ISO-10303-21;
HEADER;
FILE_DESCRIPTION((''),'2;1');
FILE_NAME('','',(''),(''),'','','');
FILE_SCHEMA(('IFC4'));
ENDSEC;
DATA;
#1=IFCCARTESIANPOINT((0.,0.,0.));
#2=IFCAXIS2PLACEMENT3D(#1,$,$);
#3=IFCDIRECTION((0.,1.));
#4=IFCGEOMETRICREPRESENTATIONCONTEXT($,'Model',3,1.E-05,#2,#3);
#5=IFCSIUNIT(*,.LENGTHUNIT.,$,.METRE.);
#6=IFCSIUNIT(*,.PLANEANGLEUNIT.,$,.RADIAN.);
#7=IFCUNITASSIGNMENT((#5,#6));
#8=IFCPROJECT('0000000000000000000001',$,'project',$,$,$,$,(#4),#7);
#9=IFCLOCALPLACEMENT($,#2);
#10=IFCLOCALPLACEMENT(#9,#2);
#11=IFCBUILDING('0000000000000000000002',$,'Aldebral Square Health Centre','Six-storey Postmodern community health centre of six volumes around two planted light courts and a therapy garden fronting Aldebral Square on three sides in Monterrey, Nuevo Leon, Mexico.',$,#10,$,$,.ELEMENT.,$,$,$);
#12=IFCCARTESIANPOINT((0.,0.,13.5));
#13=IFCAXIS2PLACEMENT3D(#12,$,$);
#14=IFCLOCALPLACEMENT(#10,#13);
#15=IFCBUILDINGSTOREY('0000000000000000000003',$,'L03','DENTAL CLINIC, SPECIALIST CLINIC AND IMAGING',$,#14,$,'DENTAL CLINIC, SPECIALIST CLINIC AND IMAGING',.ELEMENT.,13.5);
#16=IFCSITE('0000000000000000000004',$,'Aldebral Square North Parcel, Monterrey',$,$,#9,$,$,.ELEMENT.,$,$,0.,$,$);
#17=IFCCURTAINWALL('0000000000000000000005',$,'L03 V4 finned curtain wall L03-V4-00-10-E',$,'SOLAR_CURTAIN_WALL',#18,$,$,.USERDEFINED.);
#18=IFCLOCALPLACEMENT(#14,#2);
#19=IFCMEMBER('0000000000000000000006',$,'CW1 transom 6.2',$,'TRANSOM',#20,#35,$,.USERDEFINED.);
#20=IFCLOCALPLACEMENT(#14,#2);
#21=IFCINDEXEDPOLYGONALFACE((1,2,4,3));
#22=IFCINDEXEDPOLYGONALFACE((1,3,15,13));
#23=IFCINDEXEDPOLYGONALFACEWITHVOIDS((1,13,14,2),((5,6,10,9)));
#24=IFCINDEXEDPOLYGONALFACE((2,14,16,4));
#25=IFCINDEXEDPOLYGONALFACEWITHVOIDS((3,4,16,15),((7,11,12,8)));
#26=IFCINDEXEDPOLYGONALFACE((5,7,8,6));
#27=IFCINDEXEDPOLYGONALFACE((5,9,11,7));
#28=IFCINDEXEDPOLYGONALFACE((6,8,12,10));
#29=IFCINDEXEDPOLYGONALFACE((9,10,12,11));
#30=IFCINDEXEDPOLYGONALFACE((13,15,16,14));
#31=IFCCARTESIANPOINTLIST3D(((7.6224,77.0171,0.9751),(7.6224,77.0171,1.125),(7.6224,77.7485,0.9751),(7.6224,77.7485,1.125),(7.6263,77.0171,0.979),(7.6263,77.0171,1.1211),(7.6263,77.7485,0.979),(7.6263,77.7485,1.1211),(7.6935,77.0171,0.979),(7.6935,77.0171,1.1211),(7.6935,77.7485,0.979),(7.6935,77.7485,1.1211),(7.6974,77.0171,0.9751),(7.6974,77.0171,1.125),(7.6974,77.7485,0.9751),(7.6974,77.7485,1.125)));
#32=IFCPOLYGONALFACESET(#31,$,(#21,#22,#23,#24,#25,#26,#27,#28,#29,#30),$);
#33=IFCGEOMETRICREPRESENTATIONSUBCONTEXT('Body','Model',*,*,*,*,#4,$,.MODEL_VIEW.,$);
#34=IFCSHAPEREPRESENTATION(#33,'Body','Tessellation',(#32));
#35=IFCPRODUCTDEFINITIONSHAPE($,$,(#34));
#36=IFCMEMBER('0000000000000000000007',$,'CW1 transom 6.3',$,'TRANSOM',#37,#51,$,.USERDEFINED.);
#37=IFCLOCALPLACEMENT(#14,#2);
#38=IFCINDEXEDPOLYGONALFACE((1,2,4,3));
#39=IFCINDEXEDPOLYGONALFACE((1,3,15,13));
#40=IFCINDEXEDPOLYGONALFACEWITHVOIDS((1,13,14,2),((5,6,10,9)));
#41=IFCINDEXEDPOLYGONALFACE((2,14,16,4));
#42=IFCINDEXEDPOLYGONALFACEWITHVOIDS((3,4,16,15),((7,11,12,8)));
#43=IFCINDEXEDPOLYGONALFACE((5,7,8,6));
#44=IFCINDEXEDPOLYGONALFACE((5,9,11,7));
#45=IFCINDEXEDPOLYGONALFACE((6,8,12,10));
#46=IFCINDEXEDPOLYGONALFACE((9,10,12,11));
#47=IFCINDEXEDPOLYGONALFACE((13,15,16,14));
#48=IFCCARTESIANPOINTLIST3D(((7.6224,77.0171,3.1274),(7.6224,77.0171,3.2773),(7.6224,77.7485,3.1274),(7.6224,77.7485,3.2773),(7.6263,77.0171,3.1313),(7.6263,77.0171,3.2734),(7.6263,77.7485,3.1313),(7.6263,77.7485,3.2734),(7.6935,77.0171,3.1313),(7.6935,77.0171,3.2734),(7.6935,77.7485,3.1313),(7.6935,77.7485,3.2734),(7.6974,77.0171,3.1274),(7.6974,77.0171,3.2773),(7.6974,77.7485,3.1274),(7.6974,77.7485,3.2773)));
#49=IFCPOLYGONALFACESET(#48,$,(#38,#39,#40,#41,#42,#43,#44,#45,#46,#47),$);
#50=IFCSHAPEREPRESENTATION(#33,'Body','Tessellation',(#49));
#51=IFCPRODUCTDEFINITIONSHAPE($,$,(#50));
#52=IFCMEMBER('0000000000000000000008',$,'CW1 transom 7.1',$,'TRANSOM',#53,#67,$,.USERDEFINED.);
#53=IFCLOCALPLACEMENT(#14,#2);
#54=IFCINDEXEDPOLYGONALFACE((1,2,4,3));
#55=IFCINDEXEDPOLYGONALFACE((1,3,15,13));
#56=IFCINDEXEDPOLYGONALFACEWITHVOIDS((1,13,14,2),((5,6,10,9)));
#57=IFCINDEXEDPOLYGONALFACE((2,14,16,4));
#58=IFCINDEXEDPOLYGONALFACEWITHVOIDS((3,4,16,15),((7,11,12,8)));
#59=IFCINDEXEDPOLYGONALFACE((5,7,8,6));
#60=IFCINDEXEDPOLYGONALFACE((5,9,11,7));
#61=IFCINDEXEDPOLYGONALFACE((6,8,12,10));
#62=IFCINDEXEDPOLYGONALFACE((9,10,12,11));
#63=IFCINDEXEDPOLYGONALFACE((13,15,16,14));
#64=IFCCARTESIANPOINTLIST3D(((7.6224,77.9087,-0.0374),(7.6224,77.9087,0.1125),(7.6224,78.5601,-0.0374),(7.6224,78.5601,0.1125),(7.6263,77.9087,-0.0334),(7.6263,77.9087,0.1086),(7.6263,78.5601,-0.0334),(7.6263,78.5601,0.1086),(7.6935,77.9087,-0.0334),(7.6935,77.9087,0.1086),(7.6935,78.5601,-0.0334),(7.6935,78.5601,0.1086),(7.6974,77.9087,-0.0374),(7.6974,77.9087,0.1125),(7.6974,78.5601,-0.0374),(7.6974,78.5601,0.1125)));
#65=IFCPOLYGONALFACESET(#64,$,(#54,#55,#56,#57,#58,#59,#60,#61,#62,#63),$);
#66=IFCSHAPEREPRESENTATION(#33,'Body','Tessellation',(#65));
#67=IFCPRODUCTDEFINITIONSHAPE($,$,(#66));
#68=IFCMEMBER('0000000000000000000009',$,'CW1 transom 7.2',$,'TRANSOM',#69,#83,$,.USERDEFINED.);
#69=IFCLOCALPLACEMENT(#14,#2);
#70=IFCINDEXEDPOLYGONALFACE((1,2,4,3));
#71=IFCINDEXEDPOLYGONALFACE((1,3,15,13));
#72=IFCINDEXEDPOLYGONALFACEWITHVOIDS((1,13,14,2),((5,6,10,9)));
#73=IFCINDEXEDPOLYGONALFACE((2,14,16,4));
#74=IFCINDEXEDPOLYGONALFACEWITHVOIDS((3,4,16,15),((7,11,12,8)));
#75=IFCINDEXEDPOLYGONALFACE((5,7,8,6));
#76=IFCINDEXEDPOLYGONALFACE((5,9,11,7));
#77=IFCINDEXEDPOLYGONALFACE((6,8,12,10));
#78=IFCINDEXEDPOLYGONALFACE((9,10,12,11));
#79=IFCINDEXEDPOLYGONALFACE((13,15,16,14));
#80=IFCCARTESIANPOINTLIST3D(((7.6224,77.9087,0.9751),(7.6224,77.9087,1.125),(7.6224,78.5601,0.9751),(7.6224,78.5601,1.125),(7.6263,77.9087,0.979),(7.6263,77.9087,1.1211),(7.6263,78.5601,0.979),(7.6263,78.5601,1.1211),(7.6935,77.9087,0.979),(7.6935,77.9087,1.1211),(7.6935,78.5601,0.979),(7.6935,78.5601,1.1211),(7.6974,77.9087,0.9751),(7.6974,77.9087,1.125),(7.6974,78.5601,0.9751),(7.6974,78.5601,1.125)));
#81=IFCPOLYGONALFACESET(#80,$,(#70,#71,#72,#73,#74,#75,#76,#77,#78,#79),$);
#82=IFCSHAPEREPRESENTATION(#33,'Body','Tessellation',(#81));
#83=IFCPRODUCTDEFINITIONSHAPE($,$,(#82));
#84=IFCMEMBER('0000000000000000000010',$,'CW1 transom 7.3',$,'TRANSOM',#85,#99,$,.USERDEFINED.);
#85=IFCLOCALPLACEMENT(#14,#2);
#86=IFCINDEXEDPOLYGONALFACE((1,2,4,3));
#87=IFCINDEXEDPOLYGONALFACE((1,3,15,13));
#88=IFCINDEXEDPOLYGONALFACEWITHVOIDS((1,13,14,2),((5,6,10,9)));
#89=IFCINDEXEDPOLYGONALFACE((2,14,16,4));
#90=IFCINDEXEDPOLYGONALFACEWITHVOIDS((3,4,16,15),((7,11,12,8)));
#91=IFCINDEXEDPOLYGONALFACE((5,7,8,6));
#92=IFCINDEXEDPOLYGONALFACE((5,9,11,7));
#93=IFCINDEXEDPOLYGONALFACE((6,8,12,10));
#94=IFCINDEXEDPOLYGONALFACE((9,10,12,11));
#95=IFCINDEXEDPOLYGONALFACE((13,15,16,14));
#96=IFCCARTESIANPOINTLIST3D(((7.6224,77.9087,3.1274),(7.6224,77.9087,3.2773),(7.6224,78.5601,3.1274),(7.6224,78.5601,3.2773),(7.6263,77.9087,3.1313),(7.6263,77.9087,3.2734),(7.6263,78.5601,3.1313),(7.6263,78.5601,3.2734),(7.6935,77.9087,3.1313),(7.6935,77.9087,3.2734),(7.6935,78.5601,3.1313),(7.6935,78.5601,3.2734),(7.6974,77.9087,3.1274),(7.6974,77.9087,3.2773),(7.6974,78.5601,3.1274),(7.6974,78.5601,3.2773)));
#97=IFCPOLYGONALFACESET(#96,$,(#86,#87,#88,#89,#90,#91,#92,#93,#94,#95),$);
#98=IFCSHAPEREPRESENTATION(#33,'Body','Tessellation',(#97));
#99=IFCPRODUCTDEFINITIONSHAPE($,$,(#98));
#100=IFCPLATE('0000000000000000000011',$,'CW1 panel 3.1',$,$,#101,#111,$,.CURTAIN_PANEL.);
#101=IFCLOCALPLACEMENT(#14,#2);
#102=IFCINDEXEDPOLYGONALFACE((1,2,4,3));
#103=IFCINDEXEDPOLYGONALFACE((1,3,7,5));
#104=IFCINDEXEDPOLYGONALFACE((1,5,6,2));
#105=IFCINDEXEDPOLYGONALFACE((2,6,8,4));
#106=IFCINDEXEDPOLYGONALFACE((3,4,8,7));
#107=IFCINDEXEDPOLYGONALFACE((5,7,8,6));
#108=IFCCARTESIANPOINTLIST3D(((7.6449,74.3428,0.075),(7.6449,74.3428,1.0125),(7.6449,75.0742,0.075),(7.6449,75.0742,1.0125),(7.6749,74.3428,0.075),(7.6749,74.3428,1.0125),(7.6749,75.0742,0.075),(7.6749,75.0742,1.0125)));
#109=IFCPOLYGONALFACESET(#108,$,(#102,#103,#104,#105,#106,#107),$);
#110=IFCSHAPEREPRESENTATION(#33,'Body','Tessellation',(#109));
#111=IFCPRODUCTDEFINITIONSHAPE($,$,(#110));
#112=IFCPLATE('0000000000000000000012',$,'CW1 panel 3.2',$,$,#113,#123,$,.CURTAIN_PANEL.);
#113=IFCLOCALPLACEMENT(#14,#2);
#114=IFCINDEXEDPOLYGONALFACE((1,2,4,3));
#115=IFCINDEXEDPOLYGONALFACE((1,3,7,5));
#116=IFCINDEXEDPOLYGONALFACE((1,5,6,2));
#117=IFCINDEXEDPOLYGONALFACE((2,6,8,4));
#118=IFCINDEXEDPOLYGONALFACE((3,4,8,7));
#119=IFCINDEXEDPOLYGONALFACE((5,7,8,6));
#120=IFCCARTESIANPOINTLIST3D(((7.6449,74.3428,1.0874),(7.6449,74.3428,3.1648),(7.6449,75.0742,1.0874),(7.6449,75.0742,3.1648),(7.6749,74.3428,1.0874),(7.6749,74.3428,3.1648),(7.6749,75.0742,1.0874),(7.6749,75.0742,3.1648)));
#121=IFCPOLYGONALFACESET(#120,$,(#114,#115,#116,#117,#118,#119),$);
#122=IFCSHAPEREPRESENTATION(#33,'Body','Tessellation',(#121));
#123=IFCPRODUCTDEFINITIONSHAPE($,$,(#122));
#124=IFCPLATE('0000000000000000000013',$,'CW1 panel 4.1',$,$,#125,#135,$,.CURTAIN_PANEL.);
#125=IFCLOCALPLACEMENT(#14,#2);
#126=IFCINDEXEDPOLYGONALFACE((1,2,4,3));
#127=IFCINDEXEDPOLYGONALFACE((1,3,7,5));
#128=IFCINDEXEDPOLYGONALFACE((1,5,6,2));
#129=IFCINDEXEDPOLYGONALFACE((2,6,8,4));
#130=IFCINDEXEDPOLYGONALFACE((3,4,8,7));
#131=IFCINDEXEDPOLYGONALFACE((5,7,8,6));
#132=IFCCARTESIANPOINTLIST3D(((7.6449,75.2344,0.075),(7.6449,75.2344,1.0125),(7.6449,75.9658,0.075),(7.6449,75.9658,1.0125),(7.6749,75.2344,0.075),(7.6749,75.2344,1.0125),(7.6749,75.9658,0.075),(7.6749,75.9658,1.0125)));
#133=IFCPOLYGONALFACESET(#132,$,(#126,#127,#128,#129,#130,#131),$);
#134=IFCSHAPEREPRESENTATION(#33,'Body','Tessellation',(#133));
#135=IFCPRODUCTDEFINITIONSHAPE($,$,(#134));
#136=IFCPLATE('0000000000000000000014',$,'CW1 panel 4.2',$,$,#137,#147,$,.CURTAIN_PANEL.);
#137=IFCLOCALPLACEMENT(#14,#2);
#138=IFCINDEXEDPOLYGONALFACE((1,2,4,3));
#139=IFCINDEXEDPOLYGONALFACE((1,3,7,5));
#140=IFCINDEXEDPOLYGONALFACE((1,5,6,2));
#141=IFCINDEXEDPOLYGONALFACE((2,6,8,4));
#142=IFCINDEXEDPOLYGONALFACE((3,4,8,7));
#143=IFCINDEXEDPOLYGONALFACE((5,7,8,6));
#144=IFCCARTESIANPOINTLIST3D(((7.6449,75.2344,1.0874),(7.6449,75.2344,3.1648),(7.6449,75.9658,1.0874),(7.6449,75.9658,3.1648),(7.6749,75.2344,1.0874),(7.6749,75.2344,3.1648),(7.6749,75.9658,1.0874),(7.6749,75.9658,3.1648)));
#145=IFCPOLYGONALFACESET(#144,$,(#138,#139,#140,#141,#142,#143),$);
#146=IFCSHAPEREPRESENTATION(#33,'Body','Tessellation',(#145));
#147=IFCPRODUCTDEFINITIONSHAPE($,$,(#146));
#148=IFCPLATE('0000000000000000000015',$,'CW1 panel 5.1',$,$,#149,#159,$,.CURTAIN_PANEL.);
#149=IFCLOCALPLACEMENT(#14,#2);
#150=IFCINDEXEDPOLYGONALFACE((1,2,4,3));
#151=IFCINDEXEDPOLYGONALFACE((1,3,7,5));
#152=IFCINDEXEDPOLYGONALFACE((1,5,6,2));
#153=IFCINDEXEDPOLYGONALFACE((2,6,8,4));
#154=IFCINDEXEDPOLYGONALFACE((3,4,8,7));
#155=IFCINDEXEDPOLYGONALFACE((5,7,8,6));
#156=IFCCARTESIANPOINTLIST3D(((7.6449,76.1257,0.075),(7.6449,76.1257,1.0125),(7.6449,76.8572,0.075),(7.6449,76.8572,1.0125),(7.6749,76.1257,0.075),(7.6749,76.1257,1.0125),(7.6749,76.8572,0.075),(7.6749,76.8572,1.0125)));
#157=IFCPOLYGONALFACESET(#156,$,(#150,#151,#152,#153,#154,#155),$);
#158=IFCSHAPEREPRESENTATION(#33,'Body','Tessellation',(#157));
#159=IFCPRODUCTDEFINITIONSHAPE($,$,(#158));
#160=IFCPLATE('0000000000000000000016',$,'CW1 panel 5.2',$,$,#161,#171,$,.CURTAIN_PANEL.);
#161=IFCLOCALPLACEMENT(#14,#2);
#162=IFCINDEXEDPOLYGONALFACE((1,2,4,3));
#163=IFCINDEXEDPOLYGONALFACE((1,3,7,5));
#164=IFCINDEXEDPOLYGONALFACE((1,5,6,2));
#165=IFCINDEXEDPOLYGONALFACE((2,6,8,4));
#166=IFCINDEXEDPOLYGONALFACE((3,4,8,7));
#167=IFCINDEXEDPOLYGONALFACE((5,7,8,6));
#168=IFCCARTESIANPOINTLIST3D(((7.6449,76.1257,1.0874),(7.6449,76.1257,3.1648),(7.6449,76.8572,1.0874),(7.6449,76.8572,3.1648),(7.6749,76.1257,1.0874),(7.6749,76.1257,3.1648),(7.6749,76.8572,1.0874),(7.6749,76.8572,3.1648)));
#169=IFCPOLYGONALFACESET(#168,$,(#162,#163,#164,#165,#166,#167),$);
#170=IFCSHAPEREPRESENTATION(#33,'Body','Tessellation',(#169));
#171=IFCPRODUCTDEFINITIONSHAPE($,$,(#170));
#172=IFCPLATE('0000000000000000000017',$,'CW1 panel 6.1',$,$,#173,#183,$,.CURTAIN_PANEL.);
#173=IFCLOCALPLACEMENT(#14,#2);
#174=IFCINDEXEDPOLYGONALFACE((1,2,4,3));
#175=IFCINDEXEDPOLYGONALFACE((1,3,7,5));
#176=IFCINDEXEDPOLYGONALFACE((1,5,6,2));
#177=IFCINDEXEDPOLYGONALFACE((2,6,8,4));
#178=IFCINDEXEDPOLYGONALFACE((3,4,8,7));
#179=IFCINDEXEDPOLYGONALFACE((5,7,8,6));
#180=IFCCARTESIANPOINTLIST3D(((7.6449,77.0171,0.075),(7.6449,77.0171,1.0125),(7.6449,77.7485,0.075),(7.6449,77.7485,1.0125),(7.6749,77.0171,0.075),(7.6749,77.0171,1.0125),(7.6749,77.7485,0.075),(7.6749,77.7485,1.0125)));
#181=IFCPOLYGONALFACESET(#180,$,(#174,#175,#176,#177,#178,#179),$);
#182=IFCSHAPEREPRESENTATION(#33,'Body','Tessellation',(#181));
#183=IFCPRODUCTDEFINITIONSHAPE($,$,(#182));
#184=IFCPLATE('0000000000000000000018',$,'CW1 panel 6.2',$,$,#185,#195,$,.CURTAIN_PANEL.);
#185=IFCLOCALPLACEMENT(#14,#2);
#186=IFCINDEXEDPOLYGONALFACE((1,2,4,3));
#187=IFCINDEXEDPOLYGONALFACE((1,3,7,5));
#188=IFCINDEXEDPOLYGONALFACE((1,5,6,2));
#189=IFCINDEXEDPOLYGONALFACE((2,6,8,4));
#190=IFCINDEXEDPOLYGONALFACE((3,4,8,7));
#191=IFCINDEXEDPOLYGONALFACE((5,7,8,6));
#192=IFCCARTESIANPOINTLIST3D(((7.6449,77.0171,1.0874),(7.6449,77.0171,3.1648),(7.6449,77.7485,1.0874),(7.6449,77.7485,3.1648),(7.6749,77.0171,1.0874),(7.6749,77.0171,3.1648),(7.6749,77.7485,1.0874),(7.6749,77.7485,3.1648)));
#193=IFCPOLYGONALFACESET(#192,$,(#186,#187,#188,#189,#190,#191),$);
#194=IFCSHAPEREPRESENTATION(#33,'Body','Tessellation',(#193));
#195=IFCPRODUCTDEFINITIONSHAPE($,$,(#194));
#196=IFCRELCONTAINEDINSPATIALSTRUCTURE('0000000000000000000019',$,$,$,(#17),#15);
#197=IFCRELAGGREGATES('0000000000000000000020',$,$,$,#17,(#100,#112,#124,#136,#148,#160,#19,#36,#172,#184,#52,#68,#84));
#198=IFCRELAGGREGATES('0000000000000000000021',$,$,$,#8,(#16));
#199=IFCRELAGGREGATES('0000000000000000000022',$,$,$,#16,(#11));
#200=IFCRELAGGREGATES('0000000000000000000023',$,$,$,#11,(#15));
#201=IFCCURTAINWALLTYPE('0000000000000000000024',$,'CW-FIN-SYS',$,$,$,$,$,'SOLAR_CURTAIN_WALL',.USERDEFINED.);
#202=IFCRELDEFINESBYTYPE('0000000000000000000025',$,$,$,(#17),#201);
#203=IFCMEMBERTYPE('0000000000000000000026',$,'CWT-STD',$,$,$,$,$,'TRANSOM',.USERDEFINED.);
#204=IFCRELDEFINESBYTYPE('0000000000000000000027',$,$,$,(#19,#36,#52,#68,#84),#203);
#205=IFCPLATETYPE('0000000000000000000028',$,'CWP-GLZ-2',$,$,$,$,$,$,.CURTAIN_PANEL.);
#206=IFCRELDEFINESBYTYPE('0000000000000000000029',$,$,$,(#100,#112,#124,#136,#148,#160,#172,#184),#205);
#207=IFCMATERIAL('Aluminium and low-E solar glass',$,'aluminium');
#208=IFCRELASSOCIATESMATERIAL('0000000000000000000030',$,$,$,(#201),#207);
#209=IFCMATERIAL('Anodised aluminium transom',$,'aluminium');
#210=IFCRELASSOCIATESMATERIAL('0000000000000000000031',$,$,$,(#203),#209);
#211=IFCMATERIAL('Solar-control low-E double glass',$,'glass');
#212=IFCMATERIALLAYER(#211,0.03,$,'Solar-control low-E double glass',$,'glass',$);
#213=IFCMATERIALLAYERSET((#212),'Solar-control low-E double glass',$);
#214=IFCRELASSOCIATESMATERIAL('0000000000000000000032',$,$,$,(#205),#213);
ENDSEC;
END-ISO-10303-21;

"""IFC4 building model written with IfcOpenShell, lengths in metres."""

from ifc_helpers import new_model, si_unit, direction, frame, origin, origin_2d, place, context, subcontext, project, spatial, rectangle, hollow_rectangle, extrude, material, layer, layer_set, material_profile, profile_set, type_object, element, aggregate, save


model = new_model("IFC4")

# Units and contexts
model_context = context("Model", 3, precision=1e-05, world=origin(), true_north=direction((0.0, 1.0)))
body_context = subcontext(model_context, "Body", "Model", "MODEL_VIEW")
ifc_project = project(units=[si_unit("LENGTHUNIT", "METRE"), si_unit("PLANEANGLEUNIT", "RADIAN")], contexts=[model_context])

# Site, building, storey
site_placement = place(None, origin())
site = spatial("IfcSite", under=ifc_project, at=site_placement, Name="Aldebral Square North Parcel, Monterrey", CompositionType="ELEMENT", RefElevation=0.0)
building_placement = place(site_placement, origin())
building = spatial("IfcBuilding", under=site, at=building_placement, Name="Aldebral Square Health Centre", Description="Six-storey Postmodern community health centre of six volumes around two planted light courts and a therapy garden fronting Aldebral Square on three sides in Monterrey, Nuevo Leon, Mexico.", CompositionType="ELEMENT")
storey_placement = place(building_placement, frame((0.0, 0.0, 13.5)))
storey = spatial("IfcBuildingStorey", under=building, at=storey_placement, Name="L03", Description="DENTAL CLINIC, SPECIALIST CLINIC AND IMAGING", LongName="DENTAL CLINIC, SPECIALIST CLINIC AND IMAGING", CompositionType="ELEMENT", Elevation=13.5)

# Curtain wall, members, plates
ifc_material_1 = material(Name="Aluminium and low-E solar glass", Category="aluminium")
curtain_wall_type = type_object("IfcCurtainWallType", Name="CW-FIN-SYS", ElementType="SOLAR_CURTAIN_WALL", PredefinedType="USERDEFINED", material=ifc_material_1)
curtain_wall_1_placement = place(storey_placement, origin())
curtain_wall_1 = element("IfcCurtainWall", 1, at=curtain_wall_1_placement, inside=storey, type_object=curtain_wall_type, Name="L03 V4 finned curtain wall L03-V4-00-10-E", ObjectType="SOLAR_CURTAIN_WALL", PredefinedType="USERDEFINED")
ifc_material_2 = material(Name="Anodised aluminium transom", Category="aluminium")
ifc_material_profile_1 = material_profile(ifc_material_2, hollow_rectangle(XDim=0.075, YDim=0.1499, WallThickness=0.0039, at=origin_2d()), Name="CWT 75x150x4")
ifc_profile_set_1 = profile_set([ifc_material_profile_1], Name="Anodised aluminium transom")
member_type_1 = type_object("IfcMemberType", Name="CWT-STD", ElementType="TRANSOM", PredefinedType="USERDEFINED", material=ifc_profile_set_1)
member_1_placement = place(storey_placement, frame((7.6599, 77.0171, 1.05), z_axis=(0.0, 1.0, 0.0), x_axis=(-1.0, 0.0, 0.0)))
member_1 = element("IfcMember", 2, at=member_1_placement, type_object=member_type_1, Name="CW1 transom 6.2", ObjectType="TRANSOM", PredefinedType="USERDEFINED", context=body_context, shape_type="SweptSolid", body=[
    extrude(hollow_rectangle(XDim=0.075, YDim=0.1499, WallThickness=0.0039, at=origin_2d()), origin(), (0.0, 0.0, 1.0), 0.7314),
])
member_2_placement = place(storey_placement, frame((7.6599, 77.0171, 3.2024), z_axis=(0.0, 1.0, 0.0), x_axis=(-1.0, 0.0, 0.0)))
member_2 = element("IfcMember", 3, at=member_2_placement, type_object=member_type_1, Name="CW1 transom 6.3", ObjectType="TRANSOM", PredefinedType="USERDEFINED", context=body_context, shape_type="SweptSolid", body=[
    extrude(hollow_rectangle(XDim=0.075, YDim=0.1499, WallThickness=0.0039, at=origin_2d()), origin(), (0.0, 0.0, 1.0), 0.7314),
])
member_3_placement = place(storey_placement, frame((7.6599, 77.9087, 0.0376), z_axis=(0.0, 1.0, 0.0), x_axis=(-1.0, 0.0, 0.0)))
member_3 = element("IfcMember", 4, at=member_3_placement, type_object=member_type_1, Name="CW1 transom 7.1", ObjectType="TRANSOM", PredefinedType="USERDEFINED", context=body_context, shape_type="SweptSolid", body=[
    extrude(hollow_rectangle(XDim=0.075, YDim=0.1499, WallThickness=0.0039, at=origin_2d()), origin(), (0.0, 0.0, 1.0), 0.6514),
])
member_4_placement = place(storey_placement, frame((7.6599, 77.9087, 1.05), z_axis=(0.0, 1.0, 0.0), x_axis=(-1.0, 0.0, 0.0)))
member_4 = element("IfcMember", 5, at=member_4_placement, type_object=member_type_1, Name="CW1 transom 7.2", ObjectType="TRANSOM", PredefinedType="USERDEFINED", context=body_context, shape_type="SweptSolid", body=[
    extrude(hollow_rectangle(XDim=0.075, YDim=0.1499, WallThickness=0.0039, at=origin_2d()), origin(), (0.0, 0.0, 1.0), 0.6514),
])
member_5_placement = place(storey_placement, frame((7.6599, 77.9087, 3.2024), z_axis=(0.0, 1.0, 0.0), x_axis=(-1.0, 0.0, 0.0)))
member_5 = element("IfcMember", 6, at=member_5_placement, type_object=member_type_1, Name="CW1 transom 7.3", ObjectType="TRANSOM", PredefinedType="USERDEFINED", context=body_context, shape_type="SweptSolid", body=[
    extrude(hollow_rectangle(XDim=0.075, YDim=0.1499, WallThickness=0.0039, at=origin_2d()), origin(), (0.0, 0.0, 1.0), 0.6514),
])
ifc_material_3 = material(Name="Solar-control low-E double glass", Category="glass")
ifc_layer = layer(ifc_material_3, 0.03, Name="Solar-control low-E double glass", Category="glass")
ifc_layer_set = layer_set([ifc_layer], Name="Solar-control low-E double glass")
plate_type = type_object("IfcPlateType", Name="CWP-GLZ-2", PredefinedType="CURTAIN_PANEL", material=ifc_layer_set)
plate_1_placement = place(storey_placement, frame((7.6599, 74.7085, 0.075), z_axis=(0.0, 0.0, 1.0), x_axis=(0.0, 1.0, 0.0)))
plate_1 = element("IfcPlate", 7, at=plate_1_placement, type_object=plate_type, Name="CW1 panel 3.1", PredefinedType="CURTAIN_PANEL", context=body_context, shape_type="SweptSolid", body=[
    extrude(rectangle(XDim=0.7314, YDim=0.03, at=origin_2d()), origin(), (0.0, 0.0, 1.0), 0.9375),
])
plate_2_placement = place(storey_placement, frame((7.6599, 74.7085, 1.0874), z_axis=(0.0, 0.0, 1.0), x_axis=(0.0, 1.0, 0.0)))
plate_2 = element("IfcPlate", 8, at=plate_2_placement, type_object=plate_type, Name="CW1 panel 3.2", PredefinedType="CURTAIN_PANEL", context=body_context, shape_type="SweptSolid", body=[
    extrude(rectangle(XDim=0.7314, YDim=0.03, at=origin_2d()), origin(), (0.0, 0.0, 1.0), 2.0774),
])
plate_3_placement = place(storey_placement, frame((7.6599, 75.6001, 0.075), z_axis=(0.0, 0.0, 1.0), x_axis=(0.0, 1.0, 0.0)))
plate_3 = element("IfcPlate", 9, at=plate_3_placement, type_object=plate_type, Name="CW1 panel 4.1", PredefinedType="CURTAIN_PANEL", context=body_context, shape_type="SweptSolid", body=[
    extrude(rectangle(XDim=0.7314, YDim=0.03, at=origin_2d()), origin(), (0.0, 0.0, 1.0), 0.9375),
])
plate_4_placement = place(storey_placement, frame((7.6599, 75.6001, 1.0874), z_axis=(0.0, 0.0, 1.0), x_axis=(0.0, 1.0, 0.0)))
plate_4 = element("IfcPlate", 10, at=plate_4_placement, type_object=plate_type, Name="CW1 panel 4.2", PredefinedType="CURTAIN_PANEL", context=body_context, shape_type="SweptSolid", body=[
    extrude(rectangle(XDim=0.7314, YDim=0.03, at=origin_2d()), origin(), (0.0, 0.0, 1.0), 2.0774),
])
plate_5_placement = place(storey_placement, frame((7.6599, 76.4915, 0.075), z_axis=(0.0, 0.0, 1.0), x_axis=(0.0, 1.0, 0.0)))
plate_5 = element("IfcPlate", 11, at=plate_5_placement, type_object=plate_type, Name="CW1 panel 5.1", PredefinedType="CURTAIN_PANEL", context=body_context, shape_type="SweptSolid", body=[
    extrude(rectangle(XDim=0.7314, YDim=0.03, at=origin_2d()), origin(), (0.0, 0.0, 1.0), 0.9375),
])
plate_6_placement = place(storey_placement, frame((7.6599, 76.4915, 1.0874), z_axis=(0.0, 0.0, 1.0), x_axis=(0.0, 1.0, 0.0)))
plate_6 = element("IfcPlate", 12, at=plate_6_placement, type_object=plate_type, Name="CW1 panel 5.2", PredefinedType="CURTAIN_PANEL", context=body_context, shape_type="SweptSolid", body=[
    extrude(rectangle(XDim=0.7314, YDim=0.03, at=origin_2d()), origin(), (0.0, 0.0, 1.0), 2.0774),
])
plate_7_placement = place(storey_placement, frame((7.6599, 77.3828, 0.075), z_axis=(0.0, 0.0, 1.0), x_axis=(0.0, 1.0, 0.0)))
plate_7 = element("IfcPlate", 13, at=plate_7_placement, type_object=plate_type, Name="CW1 panel 6.1", PredefinedType="CURTAIN_PANEL", context=body_context, shape_type="SweptSolid", body=[
    extrude(rectangle(XDim=0.7314, YDim=0.03, at=origin_2d()), origin(), (0.0, 0.0, 1.0), 0.9375),
])
plate_8_placement = place(storey_placement, frame((7.6599, 77.3828, 1.0874), z_axis=(0.0, 0.0, 1.0), x_axis=(0.0, 1.0, 0.0)))
plate_8 = element("IfcPlate", 14, at=plate_8_placement, type_object=plate_type, Name="CW1 panel 6.2", PredefinedType="CURTAIN_PANEL", context=body_context, shape_type="SweptSolid", body=[
    extrude(rectangle(XDim=0.7314, YDim=0.03, at=origin_2d()), origin(), (0.0, 0.0, 1.0), 2.0774),
])
aggregate(curtain_wall_1, [plate_1, plate_2, plate_3, plate_4, plate_5, plate_6, member_1, member_2, plate_7, plate_8, member_3, member_4, member_5])

save(model, "model.ifc")
